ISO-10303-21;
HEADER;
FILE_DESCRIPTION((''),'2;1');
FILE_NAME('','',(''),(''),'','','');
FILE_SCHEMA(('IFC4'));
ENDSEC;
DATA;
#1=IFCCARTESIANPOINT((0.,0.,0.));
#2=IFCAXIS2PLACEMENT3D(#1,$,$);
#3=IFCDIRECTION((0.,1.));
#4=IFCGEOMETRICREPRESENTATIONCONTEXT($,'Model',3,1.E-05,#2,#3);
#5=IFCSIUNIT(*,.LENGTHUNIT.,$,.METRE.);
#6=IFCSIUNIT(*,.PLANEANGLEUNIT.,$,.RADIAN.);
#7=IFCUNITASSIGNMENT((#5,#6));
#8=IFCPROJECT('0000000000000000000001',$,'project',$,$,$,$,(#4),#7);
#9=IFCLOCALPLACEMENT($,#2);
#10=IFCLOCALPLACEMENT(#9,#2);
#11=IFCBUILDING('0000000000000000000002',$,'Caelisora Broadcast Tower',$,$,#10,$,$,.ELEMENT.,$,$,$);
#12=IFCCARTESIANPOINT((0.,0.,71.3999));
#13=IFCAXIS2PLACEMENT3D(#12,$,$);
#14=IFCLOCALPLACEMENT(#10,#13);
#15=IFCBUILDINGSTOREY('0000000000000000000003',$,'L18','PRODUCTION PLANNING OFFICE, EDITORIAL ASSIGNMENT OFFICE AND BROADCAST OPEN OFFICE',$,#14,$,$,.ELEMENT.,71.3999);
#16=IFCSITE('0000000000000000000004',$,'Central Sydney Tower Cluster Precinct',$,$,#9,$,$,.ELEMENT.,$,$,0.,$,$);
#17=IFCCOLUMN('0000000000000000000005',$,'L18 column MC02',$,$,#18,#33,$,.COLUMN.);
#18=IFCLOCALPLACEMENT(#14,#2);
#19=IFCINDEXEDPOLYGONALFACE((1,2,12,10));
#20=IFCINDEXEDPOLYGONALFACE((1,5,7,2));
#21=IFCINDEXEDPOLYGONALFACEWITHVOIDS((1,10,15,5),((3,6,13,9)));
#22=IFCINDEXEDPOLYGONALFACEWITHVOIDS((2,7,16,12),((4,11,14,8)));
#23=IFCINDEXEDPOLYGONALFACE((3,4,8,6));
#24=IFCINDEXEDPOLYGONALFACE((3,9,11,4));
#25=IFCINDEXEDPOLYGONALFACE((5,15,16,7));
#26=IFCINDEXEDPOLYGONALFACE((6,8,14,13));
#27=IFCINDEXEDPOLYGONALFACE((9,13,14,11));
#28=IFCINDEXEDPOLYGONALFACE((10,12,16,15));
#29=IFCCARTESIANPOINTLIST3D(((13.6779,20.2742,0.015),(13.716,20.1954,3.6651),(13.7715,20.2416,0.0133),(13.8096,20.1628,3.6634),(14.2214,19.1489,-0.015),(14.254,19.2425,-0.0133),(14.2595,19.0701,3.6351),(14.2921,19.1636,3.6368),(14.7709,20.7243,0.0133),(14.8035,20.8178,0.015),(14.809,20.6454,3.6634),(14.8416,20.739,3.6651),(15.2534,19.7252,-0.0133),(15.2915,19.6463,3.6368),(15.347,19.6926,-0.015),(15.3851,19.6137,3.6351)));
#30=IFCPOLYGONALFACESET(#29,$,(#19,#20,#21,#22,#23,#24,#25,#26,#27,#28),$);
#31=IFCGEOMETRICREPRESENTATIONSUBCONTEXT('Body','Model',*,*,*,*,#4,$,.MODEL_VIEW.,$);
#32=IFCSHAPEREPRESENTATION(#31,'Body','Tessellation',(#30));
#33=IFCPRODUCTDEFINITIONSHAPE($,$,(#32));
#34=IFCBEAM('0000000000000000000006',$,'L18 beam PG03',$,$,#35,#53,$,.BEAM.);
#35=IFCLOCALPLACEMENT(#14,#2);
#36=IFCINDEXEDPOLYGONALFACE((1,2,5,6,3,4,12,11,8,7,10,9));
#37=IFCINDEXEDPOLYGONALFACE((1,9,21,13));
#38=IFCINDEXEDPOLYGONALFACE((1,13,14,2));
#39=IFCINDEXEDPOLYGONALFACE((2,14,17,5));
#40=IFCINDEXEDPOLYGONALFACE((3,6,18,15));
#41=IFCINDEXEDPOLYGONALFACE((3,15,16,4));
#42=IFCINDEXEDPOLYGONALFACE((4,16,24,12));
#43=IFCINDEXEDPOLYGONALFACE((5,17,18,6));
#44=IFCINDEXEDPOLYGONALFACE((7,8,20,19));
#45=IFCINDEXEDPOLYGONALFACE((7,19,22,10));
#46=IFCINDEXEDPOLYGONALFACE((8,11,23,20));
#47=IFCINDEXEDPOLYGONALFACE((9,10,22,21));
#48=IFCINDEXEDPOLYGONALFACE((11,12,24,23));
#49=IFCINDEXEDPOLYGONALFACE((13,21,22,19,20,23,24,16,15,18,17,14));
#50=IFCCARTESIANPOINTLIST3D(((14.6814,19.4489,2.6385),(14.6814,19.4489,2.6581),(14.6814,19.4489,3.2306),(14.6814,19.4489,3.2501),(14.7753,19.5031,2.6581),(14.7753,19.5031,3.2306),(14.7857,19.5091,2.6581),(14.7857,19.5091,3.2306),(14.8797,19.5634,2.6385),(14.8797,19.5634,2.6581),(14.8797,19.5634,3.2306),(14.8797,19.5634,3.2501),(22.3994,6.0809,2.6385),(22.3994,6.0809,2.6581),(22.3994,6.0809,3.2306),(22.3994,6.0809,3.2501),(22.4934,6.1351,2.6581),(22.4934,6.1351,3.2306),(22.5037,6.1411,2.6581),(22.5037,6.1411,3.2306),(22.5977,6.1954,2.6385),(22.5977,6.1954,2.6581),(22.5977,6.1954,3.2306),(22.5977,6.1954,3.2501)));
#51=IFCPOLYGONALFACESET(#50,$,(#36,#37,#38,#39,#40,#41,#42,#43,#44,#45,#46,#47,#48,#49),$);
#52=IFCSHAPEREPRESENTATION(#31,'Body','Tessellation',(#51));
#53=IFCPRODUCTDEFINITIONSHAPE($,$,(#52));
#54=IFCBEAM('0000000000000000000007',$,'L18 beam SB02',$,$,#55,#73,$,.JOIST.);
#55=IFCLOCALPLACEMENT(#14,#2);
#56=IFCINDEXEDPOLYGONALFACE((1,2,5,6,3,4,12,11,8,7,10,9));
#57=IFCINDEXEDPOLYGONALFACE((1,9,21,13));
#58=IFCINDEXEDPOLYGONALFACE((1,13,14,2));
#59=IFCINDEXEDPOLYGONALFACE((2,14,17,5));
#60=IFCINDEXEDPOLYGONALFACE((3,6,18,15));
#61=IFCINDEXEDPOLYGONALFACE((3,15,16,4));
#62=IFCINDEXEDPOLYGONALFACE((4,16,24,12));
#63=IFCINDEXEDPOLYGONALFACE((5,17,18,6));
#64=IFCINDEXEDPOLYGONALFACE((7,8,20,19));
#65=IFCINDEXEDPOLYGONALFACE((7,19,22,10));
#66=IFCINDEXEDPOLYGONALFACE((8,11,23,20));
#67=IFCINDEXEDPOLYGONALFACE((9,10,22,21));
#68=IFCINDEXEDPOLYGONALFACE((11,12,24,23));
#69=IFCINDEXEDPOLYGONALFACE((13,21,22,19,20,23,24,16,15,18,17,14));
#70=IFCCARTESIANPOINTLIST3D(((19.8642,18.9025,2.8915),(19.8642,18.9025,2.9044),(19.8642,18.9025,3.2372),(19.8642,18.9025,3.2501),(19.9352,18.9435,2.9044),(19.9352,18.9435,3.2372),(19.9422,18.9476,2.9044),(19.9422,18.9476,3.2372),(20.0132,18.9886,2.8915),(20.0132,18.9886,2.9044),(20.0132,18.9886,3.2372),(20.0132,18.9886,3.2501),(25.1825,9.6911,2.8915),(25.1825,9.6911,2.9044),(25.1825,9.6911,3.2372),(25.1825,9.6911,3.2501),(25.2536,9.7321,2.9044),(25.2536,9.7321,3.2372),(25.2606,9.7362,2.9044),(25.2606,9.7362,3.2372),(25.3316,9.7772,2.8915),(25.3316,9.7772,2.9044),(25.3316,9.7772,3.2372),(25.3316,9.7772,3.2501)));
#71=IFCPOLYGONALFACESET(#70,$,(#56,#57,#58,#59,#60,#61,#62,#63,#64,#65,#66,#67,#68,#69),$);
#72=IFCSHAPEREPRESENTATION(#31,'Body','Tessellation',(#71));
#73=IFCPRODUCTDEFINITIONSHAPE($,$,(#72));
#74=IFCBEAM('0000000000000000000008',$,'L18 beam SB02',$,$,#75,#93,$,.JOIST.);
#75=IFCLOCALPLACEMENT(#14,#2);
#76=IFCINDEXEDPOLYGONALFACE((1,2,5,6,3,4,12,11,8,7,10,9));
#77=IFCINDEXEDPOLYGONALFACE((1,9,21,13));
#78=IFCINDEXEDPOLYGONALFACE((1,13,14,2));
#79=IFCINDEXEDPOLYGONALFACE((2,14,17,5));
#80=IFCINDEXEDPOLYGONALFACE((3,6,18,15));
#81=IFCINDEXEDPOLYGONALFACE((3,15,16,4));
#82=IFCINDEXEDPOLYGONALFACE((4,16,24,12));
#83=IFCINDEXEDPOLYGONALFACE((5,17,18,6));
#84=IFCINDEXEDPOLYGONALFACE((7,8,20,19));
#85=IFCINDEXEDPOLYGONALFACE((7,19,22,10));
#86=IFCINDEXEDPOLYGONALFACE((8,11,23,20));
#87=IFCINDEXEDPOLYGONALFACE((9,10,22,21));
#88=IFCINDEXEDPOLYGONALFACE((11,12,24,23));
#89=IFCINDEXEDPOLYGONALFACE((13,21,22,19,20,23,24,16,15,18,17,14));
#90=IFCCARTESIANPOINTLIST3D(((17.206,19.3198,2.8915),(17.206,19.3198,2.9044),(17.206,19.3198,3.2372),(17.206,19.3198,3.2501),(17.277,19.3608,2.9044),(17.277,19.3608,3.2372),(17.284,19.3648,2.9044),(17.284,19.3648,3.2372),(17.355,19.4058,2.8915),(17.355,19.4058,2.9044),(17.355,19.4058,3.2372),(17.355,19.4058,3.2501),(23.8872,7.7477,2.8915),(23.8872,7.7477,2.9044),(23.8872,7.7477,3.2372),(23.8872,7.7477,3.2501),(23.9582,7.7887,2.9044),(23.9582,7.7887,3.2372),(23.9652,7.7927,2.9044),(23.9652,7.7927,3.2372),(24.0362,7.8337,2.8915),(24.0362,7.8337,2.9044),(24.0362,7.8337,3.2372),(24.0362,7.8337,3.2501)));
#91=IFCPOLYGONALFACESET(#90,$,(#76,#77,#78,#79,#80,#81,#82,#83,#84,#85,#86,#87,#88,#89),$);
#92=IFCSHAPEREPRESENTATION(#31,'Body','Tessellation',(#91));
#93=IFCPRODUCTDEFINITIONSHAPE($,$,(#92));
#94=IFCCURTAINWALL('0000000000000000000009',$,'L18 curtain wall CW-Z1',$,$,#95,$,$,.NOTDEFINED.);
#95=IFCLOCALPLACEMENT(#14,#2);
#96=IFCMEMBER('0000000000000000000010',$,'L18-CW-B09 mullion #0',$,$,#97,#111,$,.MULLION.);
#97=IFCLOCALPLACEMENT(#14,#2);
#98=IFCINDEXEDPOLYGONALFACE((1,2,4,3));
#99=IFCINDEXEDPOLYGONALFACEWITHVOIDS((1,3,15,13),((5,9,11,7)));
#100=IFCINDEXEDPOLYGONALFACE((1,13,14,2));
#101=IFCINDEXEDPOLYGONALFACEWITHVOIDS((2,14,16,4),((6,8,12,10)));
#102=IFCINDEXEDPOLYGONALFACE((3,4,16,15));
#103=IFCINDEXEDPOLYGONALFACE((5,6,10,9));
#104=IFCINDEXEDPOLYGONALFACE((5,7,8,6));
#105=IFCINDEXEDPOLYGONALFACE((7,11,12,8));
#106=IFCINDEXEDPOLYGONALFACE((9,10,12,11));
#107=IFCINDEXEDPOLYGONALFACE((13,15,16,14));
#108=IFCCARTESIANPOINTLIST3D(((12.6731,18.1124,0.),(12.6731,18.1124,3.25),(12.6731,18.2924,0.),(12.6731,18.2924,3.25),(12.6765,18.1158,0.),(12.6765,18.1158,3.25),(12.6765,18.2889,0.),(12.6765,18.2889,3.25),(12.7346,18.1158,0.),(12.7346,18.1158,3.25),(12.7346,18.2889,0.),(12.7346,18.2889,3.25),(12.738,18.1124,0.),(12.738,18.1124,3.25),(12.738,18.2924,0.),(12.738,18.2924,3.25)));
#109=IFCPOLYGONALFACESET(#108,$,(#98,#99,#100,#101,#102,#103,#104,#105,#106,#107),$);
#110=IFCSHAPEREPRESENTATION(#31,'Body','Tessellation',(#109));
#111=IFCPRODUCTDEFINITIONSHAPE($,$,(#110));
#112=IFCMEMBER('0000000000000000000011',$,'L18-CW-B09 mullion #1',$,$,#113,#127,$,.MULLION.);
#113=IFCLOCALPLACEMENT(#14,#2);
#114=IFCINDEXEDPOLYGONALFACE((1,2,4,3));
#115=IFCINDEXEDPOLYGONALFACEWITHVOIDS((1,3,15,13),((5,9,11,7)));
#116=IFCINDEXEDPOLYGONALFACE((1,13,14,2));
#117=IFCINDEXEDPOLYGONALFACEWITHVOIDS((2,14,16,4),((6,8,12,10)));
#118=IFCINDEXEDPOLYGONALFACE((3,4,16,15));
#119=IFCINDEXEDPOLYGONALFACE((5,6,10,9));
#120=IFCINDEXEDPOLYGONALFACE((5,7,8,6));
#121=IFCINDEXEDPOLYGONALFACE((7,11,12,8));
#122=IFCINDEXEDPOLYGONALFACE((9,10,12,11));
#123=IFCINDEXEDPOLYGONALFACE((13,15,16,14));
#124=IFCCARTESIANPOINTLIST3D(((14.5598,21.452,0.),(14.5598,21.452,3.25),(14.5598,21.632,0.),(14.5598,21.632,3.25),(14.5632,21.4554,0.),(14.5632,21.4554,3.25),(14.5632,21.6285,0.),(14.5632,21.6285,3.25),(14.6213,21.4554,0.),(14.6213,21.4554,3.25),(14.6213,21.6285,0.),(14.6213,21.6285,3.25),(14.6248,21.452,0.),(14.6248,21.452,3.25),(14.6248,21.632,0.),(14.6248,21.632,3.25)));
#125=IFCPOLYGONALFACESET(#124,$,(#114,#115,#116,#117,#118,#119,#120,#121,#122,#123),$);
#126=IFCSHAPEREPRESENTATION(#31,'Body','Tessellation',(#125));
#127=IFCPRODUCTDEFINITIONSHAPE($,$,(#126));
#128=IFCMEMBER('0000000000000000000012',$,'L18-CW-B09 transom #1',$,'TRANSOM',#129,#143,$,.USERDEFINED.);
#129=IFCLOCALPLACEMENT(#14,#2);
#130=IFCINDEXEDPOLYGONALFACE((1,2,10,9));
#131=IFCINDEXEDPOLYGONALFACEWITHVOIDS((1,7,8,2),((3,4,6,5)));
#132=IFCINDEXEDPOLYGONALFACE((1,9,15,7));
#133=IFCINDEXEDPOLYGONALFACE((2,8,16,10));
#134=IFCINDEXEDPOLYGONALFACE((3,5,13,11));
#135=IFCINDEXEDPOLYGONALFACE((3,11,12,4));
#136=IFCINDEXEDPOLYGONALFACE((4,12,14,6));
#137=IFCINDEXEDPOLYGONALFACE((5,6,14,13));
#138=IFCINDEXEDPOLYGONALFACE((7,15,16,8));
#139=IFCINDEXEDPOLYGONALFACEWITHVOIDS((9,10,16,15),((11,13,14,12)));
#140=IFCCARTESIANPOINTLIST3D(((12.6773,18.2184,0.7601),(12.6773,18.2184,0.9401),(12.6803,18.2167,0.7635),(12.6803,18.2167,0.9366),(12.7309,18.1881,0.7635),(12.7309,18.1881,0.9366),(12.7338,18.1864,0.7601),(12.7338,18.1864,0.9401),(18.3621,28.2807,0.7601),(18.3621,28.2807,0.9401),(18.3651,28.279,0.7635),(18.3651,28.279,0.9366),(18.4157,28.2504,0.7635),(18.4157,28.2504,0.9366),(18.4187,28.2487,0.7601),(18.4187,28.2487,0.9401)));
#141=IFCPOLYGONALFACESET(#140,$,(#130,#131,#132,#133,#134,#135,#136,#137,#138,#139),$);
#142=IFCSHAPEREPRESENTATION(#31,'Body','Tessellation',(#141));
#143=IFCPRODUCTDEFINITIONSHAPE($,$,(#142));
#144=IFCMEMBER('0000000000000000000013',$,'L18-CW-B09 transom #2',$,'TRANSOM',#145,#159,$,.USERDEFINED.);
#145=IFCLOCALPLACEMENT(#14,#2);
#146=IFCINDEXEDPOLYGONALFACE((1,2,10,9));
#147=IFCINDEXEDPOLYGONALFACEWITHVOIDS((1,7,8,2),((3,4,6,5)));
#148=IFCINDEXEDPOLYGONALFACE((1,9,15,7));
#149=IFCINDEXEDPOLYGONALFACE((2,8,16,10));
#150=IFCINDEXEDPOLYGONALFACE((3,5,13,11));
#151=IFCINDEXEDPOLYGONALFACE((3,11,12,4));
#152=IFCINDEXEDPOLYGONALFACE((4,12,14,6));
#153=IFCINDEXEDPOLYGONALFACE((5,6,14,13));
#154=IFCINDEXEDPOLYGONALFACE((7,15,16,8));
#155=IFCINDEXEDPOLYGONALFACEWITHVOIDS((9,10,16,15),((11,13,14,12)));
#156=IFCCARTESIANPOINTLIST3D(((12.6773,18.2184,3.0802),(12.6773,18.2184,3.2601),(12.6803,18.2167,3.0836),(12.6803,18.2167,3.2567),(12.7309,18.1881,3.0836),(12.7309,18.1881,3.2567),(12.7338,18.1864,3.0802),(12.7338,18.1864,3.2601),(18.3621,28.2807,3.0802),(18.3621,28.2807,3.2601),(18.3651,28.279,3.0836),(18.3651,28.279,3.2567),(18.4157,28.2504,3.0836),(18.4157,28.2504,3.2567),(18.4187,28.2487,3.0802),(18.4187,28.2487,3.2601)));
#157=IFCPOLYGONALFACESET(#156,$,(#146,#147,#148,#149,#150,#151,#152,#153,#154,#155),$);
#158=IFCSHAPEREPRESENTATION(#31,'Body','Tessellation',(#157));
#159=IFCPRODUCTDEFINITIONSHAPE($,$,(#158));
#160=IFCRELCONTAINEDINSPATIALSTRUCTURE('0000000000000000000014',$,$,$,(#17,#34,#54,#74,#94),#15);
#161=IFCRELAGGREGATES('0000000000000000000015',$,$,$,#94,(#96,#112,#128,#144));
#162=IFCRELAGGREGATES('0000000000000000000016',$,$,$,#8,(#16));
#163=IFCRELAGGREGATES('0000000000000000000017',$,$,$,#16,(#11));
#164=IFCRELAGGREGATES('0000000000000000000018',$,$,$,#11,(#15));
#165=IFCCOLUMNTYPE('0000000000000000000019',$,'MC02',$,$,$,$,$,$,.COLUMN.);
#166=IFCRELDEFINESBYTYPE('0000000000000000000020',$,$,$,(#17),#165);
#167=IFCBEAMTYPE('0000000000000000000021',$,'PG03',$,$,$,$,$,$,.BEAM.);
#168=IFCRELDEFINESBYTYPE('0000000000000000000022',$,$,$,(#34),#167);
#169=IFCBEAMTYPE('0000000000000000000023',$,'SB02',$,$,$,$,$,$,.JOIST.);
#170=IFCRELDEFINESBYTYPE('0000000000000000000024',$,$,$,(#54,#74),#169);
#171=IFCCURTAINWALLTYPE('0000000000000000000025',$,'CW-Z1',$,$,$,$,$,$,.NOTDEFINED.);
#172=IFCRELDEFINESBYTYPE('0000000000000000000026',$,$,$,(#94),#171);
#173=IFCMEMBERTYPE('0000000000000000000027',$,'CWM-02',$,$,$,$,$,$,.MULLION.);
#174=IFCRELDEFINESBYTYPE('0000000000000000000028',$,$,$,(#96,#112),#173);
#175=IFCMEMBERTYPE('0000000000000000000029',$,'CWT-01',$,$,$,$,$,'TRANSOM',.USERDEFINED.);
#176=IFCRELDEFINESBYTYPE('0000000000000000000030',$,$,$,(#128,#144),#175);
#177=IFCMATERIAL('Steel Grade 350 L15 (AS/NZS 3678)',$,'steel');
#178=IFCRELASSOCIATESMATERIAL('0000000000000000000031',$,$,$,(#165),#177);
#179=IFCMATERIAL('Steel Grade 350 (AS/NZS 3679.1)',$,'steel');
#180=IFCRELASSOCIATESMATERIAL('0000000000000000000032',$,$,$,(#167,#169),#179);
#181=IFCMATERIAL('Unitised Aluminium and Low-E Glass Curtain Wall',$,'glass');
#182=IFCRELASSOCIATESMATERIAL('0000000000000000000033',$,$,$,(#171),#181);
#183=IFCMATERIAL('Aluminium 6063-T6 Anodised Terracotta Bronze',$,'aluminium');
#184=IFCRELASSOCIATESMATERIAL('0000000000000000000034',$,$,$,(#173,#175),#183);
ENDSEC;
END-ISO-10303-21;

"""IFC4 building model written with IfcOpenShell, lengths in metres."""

from ifc_helpers import new_model, si_unit, direction, frame, origin, origin_2d, place, context, subcontext, project, spatial, hollow_rectangle, i_section, extrude, source, transform, mapped, material, material_profile, profile_set, type_object, type_shapes, element, aggregate, save


model = new_model("IFC4")

# Units and contexts
model_context = context("Model", 3, precision=1e-05, world=origin(), true_north=direction((0.0, 1.0)))
body_context = subcontext(model_context, "Body", "Model", "MODEL_VIEW")
ifc_project = project(units=[si_unit("LENGTHUNIT", "METRE"), si_unit("PLANEANGLEUNIT", "RADIAN")], contexts=[model_context])

# Site, building, storey
site_placement = place(None, origin())
site = spatial("IfcSite", under=ifc_project, at=site_placement, Name="Central Sydney Tower Cluster Precinct", CompositionType="ELEMENT", RefElevation=0.0)
building_placement = place(site_placement, origin())
building = spatial("IfcBuilding", under=site, at=building_placement, Name="Caelisora Broadcast Tower", CompositionType="ELEMENT")
storey_placement = place(building_placement, frame((0.0, 0.0, 71.3999)))
storey = spatial("IfcBuildingStorey", under=building, at=storey_placement, Name="L18", Description="PRODUCTION PLANNING OFFICE, EDITORIAL ASSIGNMENT OFFICE AND BROADCAST OPEN OFFICE", CompositionType="ELEMENT", Elevation=71.3999)

# Column
ifc_material_1 = material(Name="Steel Grade 350 L15 (AS/NZS 3678)", Category="steel")
ifc_material_profile_1 = material_profile(ifc_material_1, hollow_rectangle(XDim=1.25, YDim=1.25, WallThickness=0.0701, at=origin_2d()), Name="Steel Grade 350 L15 (AS/NZS 3678)")
ifc_profile_set_1 = profile_set([ifc_material_profile_1], Name="Steel Grade 350 L15 (AS/NZS 3678)")
column_type = type_object("IfcColumnType", Name="MC02", PredefinedType="COLUMN", material=ifc_profile_set_1)
shared_shape_1 = source(origin(), body_context, "Body", "SweptSolid", [
    extrude(hollow_rectangle(XDim=1.25, YDim=1.25, WallThickness=0.0701, at=origin_2d()), origin(), (0.0, 0.0, 1.0), 3.6511),
])
type_shapes(column_type, [shared_shape_1])
column_placement = place(storey_placement, frame((14.5125, 19.9834, 0.0), z_axis=(0.010431, -0.021598, 0.999712), x_axis=(0.900476, 0.434905, 0.0)))
element("IfcColumn", 1, at=column_placement, inside=storey, type_object=column_type, Name="L18 column MC02", PredefinedType="COLUMN", context=body_context, shape_type="MappedRepresentation", body=[
    mapped(shared_shape_1, transform((0.0, 0.0, 0.0), scale=1.0)),
])

# Beams
ifc_material_2 = material(Name="Steel Grade 350 (AS/NZS 3679.1)", Category="steel")
ifc_material_profile_2 = material_profile(ifc_material_2, i_section(OverallWidth=0.229, OverallDepth=0.6116, WebThickness=0.012, FlangeThickness=0.0195, at=origin_2d()), Name="Steel Grade 350 (AS/NZS 3679.1)")
ifc_profile_set_2 = profile_set([ifc_material_profile_2], Name="Steel Grade 350 (AS/NZS 3679.1)")
beam_type_1 = type_object("IfcBeamType", Name="PG03", PredefinedType="BEAM", material=ifc_profile_set_2)
shared_shape_2 = source(origin(), body_context, "Body", "SweptSolid", [
    extrude(i_section(OverallWidth=0.229, OverallDepth=0.6116, WebThickness=0.012, FlangeThickness=0.0195, at=origin_2d()), origin(), (0.0, 0.0, 1.0), 15.436),
])
type_shapes(beam_type_1, [shared_shape_2])
beam_1_placement = place(storey_placement, frame((14.7805, 19.5061, 2.9443), z_axis=(0.500002, -0.866024, 0.0), x_axis=(0.866024, 0.500002, 0.0)))
element("IfcBeam", 2, at=beam_1_placement, inside=storey, type_object=beam_type_1, Name="L18 beam PG03", PredefinedType="BEAM", context=body_context, shape_type="MappedRepresentation", body=[
    mapped(shared_shape_2, transform((0.0, 0.0, 0.0), scale=1.0)),
])
ifc_material_profile_3 = material_profile(ifc_material_2, i_section(OverallWidth=0.1721, OverallDepth=0.3586, WebThickness=0.0081, FlangeThickness=0.0129, at=origin_2d()), Name="Steel Grade 350 (AS/NZS 3679.1)")
ifc_profile_set_3 = profile_set([ifc_material_profile_3], Name="Steel Grade 350 (AS/NZS 3679.1)")
beam_type_2 = type_object("IfcBeamType", Name="SB02", PredefinedType="JOIST", material=ifc_profile_set_3)
shared_shape_3 = source(origin(), body_context, "Body", "SweptSolid", [
    extrude(i_section(OverallWidth=0.1721, OverallDepth=0.3586, WebThickness=0.0081, FlangeThickness=0.0129, at=origin_2d()), origin(), (0.0, 0.0, 1.0), 10.6365),
])
beam_2_placement = place(storey_placement, frame((19.9387, 18.9456, 3.0708), z_axis=(0.50001, -0.86602, 0.0), x_axis=(0.86602, 0.50001, 0.0)))
element("IfcBeam", 3, at=beam_2_placement, inside=storey, type_object=beam_type_2, Name="L18 beam SB02", PredefinedType="JOIST", context=body_context, shape_type="MappedRepresentation", body=[
    mapped(shared_shape_3, transform((0.0, 0.0, 0.0), scale=1.0)),
])
shared_shape_4 = source(origin(), body_context, "Body", "SweptSolid", [
    extrude(i_section(OverallWidth=0.1721, OverallDepth=0.3586, WebThickness=0.0081, FlangeThickness=0.0129, at=origin_2d()), origin(), (0.0, 0.0, 1.0), 13.3623),
])
type_shapes(beam_type_2, [shared_shape_3, shared_shape_4])
beam_3_placement = place(storey_placement, frame((17.2805, 19.3628, 3.0708), z_axis=(0.500002, -0.866024, 0.0), x_axis=(0.866024, 0.500002, 0.0)))
element("IfcBeam", 4, at=beam_3_placement, inside=storey, type_object=beam_type_2, Name="L18 beam SB02", PredefinedType="JOIST", context=body_context, shape_type="MappedRepresentation", body=[
    mapped(shared_shape_4, transform((0.0, 0.0, 0.0), scale=1.0)),
])

# Curtain wall, members
ifc_material_3 = material(Name="Unitised Aluminium and Low-E Glass Curtain Wall", Category="glass")
curtain_wall_type = type_object("IfcCurtainWallType", Name="CW-Z1", PredefinedType="NOTDEFINED", material=ifc_material_3)
curtain_wall_placement = place(storey_placement, origin())
curtain_wall = element("IfcCurtainWall", 5, at=curtain_wall_placement, inside=storey, type_object=curtain_wall_type, Name="L18 curtain wall CW-Z1", PredefinedType="NOTDEFINED")
ifc_material_4 = material(Name="Aluminium 6063-T6 Anodised Terracotta Bronze", Category="aluminium")
ifc_material_profile_4 = material_profile(ifc_material_4, hollow_rectangle(XDim=0.0649, YDim=0.1799, WallThickness=0.0034, at=origin_2d()), Name="Aluminium 6063-T6 Anodised Terracotta Bronze")
ifc_profile_set_4 = profile_set([ifc_material_profile_4], Name="Aluminium 6063-T6 Anodised Terracotta Bronze")
member_type_1 = type_object("IfcMemberType", Name="CWM-02", PredefinedType="MULLION", material=ifc_profile_set_4)
shared_shape_5 = source(origin(), body_context, "Body", "SweptSolid", [
    extrude(hollow_rectangle(XDim=0.0649, YDim=0.1799, WallThickness=0.0034, at=origin_2d()), origin(), (0.0, 0.0, 1.0), 3.25),
])
type_shapes(member_type_1, [shared_shape_5])
member_1_placement = place(storey_placement, frame((12.7056, 18.2024, 0.0), z_axis=(0.0, 0.0, 1.0), x_axis=(1.0, 0.0, 0.0)))
member_1 = element("IfcMember", 6, at=member_1_placement, type_object=member_type_1, Name="L18-CW-B09 mullion #0", PredefinedType="MULLION", context=body_context, shape_type="MappedRepresentation", body=[
    mapped(shared_shape_5, transform((0.0, 0.0, 0.0), scale=1.0)),
])
member_2_placement = place(storey_placement, frame((14.5923, 21.542, 0.0), z_axis=(0.0, 0.0, 1.0), x_axis=(1.0, 0.0, 0.0)))
member_2 = element("IfcMember", 7, at=member_2_placement, type_object=member_type_1, Name="L18-CW-B09 mullion #1", PredefinedType="MULLION", context=body_context, shape_type="MappedRepresentation", body=[
    mapped(shared_shape_5, transform((0.0, 0.0, 0.0), scale=1.0)),
])
ifc_material_profile_5 = material_profile(ifc_material_4, hollow_rectangle(XDim=0.0649, YDim=0.1799, WallThickness=0.0034, at=origin_2d()), Name="Aluminium 6063-T6 Anodised Terracotta Bronze")
ifc_profile_set_5 = profile_set([ifc_material_profile_5], Name="Aluminium 6063-T6 Anodised Terracotta Bronze")
member_type_2 = type_object("IfcMemberType", Name="CWT-01", ElementType="TRANSOM", PredefinedType="USERDEFINED", material=ifc_profile_set_5)
shared_shape_6 = source(origin(), body_context, "Body", "SweptSolid", [
    extrude(hollow_rectangle(XDim=0.0649, YDim=0.1799, WallThickness=0.0034, at=origin_2d()), origin(), (0.0, 0.0, 1.0), 11.5571),
])
type_shapes(member_type_2, [shared_shape_6])
member_3_placement = place(storey_placement, frame((12.7056, 18.2024, 0.8501), z_axis=(0.49189, 0.870657, 0.0), x_axis=(-0.870657, 0.49189, 0.0)))
member_3 = element("IfcMember", 8, at=member_3_placement, type_object=member_type_2, Name="L18-CW-B09 transom #1", ObjectType="TRANSOM", PredefinedType="USERDEFINED", context=body_context, shape_type="MappedRepresentation", body=[
    mapped(shared_shape_6, transform((0.0, 0.0, 0.0), scale=1.0)),
])
member_4_placement = place(storey_placement, frame((12.7056, 18.2024, 3.1702), z_axis=(0.49189, 0.870657, 0.0), x_axis=(-0.870657, 0.49189, 0.0)))
member_4 = element("IfcMember", 9, at=member_4_placement, type_object=member_type_2, Name="L18-CW-B09 transom #2", ObjectType="TRANSOM", PredefinedType="USERDEFINED", context=body_context, shape_type="MappedRepresentation", body=[
    mapped(shared_shape_6, transform((0.0, 0.0, 0.0), scale=1.0)),
])

aggregate(curtain_wall, [member_1, member_2, member_3, member_4])

save(model, "model.ifc")
